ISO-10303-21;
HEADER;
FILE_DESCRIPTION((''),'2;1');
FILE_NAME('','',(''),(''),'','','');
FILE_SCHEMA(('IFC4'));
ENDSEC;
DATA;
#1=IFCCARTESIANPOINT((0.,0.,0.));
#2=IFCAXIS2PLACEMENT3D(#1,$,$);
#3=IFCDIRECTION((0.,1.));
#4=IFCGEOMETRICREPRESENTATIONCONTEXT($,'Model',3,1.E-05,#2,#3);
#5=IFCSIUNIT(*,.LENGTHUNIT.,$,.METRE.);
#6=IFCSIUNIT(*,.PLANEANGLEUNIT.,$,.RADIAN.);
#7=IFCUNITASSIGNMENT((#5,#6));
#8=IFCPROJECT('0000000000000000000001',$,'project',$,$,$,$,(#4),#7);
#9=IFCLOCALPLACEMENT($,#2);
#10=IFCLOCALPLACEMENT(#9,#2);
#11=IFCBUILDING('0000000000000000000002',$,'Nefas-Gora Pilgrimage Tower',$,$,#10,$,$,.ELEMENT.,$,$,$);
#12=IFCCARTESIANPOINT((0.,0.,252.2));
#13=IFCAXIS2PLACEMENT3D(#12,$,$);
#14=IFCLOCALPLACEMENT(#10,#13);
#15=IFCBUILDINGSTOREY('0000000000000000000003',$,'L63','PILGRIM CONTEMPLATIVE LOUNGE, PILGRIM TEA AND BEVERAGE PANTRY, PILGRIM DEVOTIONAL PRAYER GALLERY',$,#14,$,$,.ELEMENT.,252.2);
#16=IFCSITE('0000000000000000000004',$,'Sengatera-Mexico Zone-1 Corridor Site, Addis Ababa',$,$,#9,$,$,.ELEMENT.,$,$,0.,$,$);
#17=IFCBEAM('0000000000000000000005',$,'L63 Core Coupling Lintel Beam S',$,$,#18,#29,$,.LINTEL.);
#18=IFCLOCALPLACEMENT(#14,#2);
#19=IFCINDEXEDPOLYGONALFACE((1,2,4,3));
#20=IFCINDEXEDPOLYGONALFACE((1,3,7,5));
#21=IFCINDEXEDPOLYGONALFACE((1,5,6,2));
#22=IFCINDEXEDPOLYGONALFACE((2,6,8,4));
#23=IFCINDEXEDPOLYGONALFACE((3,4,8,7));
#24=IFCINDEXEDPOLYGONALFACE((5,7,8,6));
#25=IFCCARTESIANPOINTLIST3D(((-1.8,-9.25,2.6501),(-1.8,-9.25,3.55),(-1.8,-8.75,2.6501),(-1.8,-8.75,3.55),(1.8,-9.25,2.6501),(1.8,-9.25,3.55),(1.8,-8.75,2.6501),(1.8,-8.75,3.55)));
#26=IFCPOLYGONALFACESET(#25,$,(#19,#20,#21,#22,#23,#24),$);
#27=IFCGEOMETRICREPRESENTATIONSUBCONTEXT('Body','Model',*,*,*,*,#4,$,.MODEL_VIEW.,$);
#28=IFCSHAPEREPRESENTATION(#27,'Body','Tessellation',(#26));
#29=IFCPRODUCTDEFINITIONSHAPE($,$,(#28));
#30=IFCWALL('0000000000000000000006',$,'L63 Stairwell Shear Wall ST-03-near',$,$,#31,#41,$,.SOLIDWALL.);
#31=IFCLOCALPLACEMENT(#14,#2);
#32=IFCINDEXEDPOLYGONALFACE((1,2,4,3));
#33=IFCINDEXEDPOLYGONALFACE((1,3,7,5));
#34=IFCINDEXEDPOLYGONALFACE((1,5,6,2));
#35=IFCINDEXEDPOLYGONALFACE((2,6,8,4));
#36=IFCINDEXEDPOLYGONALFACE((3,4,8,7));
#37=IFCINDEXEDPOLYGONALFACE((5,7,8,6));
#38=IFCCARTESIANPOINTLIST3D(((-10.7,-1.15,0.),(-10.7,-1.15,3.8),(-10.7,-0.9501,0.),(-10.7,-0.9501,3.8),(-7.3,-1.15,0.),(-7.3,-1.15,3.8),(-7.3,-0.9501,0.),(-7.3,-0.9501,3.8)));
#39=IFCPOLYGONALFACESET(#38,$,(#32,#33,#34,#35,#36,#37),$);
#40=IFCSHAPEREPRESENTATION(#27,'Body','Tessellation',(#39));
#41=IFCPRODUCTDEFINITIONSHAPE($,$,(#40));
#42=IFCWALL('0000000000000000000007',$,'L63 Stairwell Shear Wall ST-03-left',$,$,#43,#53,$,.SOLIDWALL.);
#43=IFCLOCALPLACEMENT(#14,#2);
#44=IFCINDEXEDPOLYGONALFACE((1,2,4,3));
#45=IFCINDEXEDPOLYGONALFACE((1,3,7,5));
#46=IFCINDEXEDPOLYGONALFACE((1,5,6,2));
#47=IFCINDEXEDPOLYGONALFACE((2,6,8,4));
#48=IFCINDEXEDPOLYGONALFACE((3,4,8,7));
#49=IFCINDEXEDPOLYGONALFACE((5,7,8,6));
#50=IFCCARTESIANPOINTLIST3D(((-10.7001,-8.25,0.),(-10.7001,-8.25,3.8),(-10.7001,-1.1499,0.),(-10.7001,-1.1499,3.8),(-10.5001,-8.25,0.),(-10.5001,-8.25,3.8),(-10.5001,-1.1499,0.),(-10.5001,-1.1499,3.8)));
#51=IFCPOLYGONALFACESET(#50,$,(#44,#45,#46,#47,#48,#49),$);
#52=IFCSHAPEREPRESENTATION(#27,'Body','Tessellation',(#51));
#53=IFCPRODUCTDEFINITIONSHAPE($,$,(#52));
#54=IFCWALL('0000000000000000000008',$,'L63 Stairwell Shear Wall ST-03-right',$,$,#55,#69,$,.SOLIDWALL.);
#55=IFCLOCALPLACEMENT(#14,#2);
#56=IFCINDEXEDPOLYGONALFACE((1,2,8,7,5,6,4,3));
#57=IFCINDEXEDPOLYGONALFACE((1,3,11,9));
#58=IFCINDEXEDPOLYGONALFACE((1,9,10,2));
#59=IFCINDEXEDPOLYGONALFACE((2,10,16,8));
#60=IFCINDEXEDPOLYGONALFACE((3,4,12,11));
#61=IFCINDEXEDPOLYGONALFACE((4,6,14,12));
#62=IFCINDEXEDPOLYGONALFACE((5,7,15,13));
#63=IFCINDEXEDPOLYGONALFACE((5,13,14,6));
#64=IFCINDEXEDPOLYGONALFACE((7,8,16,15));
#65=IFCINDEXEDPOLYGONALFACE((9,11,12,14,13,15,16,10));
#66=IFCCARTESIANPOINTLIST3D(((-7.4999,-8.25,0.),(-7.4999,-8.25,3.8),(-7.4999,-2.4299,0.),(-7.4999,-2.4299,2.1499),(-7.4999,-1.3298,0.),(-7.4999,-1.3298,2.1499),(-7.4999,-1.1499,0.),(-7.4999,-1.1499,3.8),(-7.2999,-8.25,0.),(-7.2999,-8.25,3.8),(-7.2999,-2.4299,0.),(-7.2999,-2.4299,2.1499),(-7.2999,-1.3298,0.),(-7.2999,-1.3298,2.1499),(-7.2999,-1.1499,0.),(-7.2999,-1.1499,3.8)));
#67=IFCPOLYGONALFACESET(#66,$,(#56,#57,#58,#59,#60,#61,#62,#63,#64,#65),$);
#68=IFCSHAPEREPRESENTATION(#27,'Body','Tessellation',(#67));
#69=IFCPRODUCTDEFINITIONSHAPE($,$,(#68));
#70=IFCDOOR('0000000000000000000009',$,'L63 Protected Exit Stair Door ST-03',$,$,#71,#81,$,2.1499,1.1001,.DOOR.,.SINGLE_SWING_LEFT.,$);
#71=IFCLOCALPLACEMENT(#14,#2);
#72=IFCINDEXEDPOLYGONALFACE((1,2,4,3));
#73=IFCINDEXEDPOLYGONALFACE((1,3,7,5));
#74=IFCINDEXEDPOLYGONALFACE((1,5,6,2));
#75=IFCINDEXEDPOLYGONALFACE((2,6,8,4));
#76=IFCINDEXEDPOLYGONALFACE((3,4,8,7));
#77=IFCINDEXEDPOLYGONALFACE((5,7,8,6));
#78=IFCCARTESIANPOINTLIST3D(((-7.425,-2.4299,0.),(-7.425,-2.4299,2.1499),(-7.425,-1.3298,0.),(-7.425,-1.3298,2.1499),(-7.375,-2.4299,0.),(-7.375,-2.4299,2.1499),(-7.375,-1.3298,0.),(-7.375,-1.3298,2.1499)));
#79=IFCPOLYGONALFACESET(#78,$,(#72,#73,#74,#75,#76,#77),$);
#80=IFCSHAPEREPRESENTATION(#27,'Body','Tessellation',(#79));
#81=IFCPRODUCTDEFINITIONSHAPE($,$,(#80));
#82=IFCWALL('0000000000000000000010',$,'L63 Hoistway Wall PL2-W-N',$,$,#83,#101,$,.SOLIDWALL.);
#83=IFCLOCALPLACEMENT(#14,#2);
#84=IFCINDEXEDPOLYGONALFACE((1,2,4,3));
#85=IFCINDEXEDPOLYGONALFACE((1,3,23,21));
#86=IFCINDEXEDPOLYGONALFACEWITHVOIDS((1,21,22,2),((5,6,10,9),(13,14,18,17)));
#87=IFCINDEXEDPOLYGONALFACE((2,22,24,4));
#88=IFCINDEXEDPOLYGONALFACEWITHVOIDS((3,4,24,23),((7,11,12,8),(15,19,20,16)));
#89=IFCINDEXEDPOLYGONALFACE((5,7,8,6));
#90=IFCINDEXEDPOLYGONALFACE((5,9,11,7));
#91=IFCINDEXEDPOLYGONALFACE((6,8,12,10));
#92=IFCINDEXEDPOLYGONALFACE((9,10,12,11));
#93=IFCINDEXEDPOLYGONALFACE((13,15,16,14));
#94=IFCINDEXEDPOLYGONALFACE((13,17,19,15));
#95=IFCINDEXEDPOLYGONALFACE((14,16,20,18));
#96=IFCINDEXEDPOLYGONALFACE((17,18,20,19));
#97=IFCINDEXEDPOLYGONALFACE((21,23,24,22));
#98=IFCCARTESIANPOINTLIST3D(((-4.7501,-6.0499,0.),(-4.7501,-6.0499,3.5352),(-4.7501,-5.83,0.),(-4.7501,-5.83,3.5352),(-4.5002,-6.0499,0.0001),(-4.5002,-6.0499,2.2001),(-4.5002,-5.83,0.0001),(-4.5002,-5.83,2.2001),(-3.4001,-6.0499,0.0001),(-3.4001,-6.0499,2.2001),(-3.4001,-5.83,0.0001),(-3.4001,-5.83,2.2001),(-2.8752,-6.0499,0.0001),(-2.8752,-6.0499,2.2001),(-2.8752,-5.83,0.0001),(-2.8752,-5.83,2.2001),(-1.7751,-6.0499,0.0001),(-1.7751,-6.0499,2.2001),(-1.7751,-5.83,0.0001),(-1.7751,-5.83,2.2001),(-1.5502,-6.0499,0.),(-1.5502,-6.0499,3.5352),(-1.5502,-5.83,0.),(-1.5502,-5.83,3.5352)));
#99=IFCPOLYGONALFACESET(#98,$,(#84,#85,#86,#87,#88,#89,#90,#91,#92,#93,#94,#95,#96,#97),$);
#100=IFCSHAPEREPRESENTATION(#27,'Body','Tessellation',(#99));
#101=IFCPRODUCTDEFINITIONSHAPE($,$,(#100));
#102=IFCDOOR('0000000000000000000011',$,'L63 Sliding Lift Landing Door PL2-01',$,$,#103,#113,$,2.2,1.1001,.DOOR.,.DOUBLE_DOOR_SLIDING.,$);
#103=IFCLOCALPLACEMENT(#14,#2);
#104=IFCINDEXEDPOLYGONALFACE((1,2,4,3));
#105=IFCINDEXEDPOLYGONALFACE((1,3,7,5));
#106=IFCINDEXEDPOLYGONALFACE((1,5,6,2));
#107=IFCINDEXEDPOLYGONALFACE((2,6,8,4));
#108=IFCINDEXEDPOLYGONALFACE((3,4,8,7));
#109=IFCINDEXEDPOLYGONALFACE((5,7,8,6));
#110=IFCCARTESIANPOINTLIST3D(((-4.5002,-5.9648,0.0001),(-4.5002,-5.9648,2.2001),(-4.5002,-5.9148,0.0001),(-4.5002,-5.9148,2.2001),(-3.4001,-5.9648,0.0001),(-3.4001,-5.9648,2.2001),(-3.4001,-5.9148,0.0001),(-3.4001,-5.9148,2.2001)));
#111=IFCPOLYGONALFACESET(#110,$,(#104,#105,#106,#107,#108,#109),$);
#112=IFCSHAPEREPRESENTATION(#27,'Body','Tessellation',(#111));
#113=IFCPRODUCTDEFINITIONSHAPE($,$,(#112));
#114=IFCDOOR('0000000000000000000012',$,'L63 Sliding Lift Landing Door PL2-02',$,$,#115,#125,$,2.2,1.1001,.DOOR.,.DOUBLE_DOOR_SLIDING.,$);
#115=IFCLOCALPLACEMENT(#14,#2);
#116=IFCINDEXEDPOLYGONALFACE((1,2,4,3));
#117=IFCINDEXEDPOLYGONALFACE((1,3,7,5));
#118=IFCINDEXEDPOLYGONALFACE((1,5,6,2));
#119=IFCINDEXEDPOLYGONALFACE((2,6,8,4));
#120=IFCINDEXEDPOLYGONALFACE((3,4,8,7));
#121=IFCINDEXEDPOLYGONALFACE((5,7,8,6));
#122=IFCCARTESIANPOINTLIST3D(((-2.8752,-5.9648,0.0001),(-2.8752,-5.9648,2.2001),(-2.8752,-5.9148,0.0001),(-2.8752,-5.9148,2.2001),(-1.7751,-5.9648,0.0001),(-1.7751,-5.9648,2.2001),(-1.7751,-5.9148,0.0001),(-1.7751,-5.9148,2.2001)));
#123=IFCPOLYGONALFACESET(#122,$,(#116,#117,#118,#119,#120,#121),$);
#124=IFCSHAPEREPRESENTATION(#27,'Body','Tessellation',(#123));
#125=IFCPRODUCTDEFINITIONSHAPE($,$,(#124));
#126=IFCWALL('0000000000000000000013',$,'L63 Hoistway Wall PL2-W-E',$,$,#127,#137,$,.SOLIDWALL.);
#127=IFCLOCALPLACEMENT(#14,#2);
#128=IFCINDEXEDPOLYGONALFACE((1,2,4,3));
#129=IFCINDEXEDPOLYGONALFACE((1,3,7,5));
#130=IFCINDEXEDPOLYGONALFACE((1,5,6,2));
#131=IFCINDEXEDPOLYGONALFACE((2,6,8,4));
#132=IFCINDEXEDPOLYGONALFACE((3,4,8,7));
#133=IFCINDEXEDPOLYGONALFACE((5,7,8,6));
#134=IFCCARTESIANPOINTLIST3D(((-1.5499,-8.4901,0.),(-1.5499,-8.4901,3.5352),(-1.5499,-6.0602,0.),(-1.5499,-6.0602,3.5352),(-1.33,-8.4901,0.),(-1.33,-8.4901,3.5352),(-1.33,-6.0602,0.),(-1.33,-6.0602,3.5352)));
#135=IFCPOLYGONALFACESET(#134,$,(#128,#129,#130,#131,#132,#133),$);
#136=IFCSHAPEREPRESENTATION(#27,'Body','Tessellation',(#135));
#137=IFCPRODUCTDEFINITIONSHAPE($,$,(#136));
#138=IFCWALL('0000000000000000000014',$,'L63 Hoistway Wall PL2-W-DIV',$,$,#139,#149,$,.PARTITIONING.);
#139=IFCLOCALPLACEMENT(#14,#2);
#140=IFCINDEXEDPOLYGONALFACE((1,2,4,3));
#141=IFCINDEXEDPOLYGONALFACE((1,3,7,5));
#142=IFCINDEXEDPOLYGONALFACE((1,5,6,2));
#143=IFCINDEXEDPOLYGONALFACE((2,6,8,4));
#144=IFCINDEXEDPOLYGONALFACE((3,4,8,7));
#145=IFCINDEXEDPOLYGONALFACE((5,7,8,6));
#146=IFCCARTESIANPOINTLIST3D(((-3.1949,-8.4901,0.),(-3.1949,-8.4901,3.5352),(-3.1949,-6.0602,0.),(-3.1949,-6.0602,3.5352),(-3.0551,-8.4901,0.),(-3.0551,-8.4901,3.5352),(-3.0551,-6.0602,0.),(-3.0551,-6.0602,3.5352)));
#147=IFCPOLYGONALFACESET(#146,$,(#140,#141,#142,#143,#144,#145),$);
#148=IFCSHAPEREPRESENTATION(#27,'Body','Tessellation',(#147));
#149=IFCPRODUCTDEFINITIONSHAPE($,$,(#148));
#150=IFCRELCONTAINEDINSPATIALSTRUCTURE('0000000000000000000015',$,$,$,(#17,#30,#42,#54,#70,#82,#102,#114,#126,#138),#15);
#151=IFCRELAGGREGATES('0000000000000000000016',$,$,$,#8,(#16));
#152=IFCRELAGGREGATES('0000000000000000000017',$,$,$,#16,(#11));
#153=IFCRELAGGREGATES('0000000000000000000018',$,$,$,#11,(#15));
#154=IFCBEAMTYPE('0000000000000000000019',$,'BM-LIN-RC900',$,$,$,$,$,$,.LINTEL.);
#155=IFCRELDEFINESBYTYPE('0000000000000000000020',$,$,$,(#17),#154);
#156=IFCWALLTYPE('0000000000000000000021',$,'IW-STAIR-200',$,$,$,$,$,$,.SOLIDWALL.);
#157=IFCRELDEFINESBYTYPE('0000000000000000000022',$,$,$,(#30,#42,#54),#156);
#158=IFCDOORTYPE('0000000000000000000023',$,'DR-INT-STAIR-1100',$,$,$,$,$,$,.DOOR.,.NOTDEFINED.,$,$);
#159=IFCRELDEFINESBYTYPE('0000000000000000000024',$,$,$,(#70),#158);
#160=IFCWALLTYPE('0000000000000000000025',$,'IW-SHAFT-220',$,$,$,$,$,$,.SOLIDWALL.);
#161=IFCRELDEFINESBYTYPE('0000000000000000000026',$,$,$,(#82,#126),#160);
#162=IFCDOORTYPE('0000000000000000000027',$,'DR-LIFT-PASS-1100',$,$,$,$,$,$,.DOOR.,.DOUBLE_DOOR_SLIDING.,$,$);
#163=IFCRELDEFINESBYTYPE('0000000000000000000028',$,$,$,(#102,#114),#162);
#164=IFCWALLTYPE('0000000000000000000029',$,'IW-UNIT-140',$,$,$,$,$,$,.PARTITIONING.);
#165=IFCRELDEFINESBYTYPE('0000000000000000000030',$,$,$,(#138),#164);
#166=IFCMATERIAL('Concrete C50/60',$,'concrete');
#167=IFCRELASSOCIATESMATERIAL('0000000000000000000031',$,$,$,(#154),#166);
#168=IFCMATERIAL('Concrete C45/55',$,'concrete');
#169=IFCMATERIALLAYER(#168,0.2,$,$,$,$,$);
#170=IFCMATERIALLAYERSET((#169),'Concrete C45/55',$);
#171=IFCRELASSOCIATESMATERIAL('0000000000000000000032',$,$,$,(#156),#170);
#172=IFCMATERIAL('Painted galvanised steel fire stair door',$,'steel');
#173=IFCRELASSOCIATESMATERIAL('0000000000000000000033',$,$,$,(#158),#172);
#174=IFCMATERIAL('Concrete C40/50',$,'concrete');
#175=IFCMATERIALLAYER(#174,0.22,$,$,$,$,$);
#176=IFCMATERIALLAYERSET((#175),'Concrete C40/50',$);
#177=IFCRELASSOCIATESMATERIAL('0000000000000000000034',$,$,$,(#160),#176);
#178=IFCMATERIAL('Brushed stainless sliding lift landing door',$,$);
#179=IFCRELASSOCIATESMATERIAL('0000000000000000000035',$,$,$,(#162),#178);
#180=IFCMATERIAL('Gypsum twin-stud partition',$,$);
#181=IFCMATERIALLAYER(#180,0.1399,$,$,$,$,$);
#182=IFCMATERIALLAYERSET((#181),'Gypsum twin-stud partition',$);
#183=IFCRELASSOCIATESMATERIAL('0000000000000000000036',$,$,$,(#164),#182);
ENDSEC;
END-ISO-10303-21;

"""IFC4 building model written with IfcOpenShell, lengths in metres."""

from ifc_helpers import new_model, si_unit, direction, frame, frame_2d, origin, origin_2d, place, context, subcontext, project, spatial, rectangle, extrude, source, transform, mapped, material, layer, layer_set, material_profile, profile_set, type_object, element, fill, save


model = new_model("IFC4")

# Units and contexts
model_context = context("Model", 3, precision=1e-05, world=origin(), true_north=direction((0.0, 1.0)))
body_context = subcontext(model_context, "Body", "Model", "MODEL_VIEW")
ifc_project = project(units=[si_unit("LENGTHUNIT", "METRE"), si_unit("PLANEANGLEUNIT", "RADIAN")], contexts=[model_context])

# Site, building, storey
site_placement = place(None, origin())
site = spatial("IfcSite", under=ifc_project, at=site_placement, Name="Sengatera-Mexico Zone-1 Corridor Site, Addis Ababa", CompositionType="ELEMENT", RefElevation=0.0)
building_placement = place(site_placement, origin())
building = spatial("IfcBuilding", under=site, at=building_placement, Name="Nefas-Gora Pilgrimage Tower", CompositionType="ELEMENT")
storey_placement = place(building_placement, frame((0.0, 0.0, 252.2)))
storey = spatial("IfcBuildingStorey", under=building, at=storey_placement, Name="L63", Description="PILGRIM CONTEMPLATIVE LOUNGE, PILGRIM TEA AND BEVERAGE PANTRY, PILGRIM DEVOTIONAL PRAYER GALLERY", CompositionType="ELEMENT", Elevation=252.2)

# Beam
ifc_material_1 = material(Name="Concrete C50/60", Category="concrete")
ifc_material_profile = material_profile(ifc_material_1, rectangle(XDim=0.5, YDim=0.8999, at=origin_2d()), Name="RC 500x900")
ifc_profile_set = profile_set([ifc_material_profile], Name="Concrete C50/60")
beam_type = type_object("IfcBeamType", Name="BM-LIN-RC900", PredefinedType="LINTEL", material=ifc_profile_set)
shared_shape_1 = source(origin(), body_context, "Body", "SweptSolid", [
    extrude(rectangle(XDim=0.5, YDim=0.8999, at=origin_2d()), origin(), (0.0, 0.0, 1.0), 3.6001),
])
beam_placement = place(storey_placement, frame((-1.8, -9.0, 3.1001), z_axis=(1.0, 0.0, 0.0), x_axis=(0.0, 1.0, 0.0)))
element("IfcBeam", 1, at=beam_placement, inside=storey, type_object=beam_type, Name="L63 Core Coupling Lintel Beam S", PredefinedType="LINTEL", context=body_context, shape_type="MappedRepresentation", body=[
    mapped(shared_shape_1, transform((0.0, 0.0, 0.0), x_axis=(1.0, 0.0, 0.0), y_axis=(0.0, 1.0, 0.0), z_axis=(0.0, 0.0, 1.0), scale=1.0)),
])

# Walls
ifc_material_2 = material(Name="Concrete C45/55", Category="concrete")
ifc_layer_1 = layer(ifc_material_2, 0.2)
ifc_layer_set_1 = layer_set([ifc_layer_1], Name="Concrete C45/55")
wall_type_1 = type_object("IfcWallType", Name="IW-STAIR-200", PredefinedType="SOLIDWALL", material=ifc_layer_set_1)
shared_shape_2 = source(origin(), body_context, "Body", "SweptSolid", [
    extrude(rectangle(XDim=3.3999, YDim=0.2, at=frame_2d((1.7, 0.0))), origin(), (0.0, 0.0, 1.0), 3.8),
])
wall_1_placement = place(storey_placement, frame((-10.7, -1.05, 0.0), z_axis=(0.0, 0.0, 1.0), x_axis=(1.0, 0.0, 0.0)))
element("IfcWall", 2, at=wall_1_placement, inside=storey, type_object=wall_type_1, Name="L63 Stairwell Shear Wall ST-03-near", PredefinedType="SOLIDWALL", context=body_context, shape_type="MappedRepresentation", body=[
    mapped(shared_shape_2, transform((0.0, 0.0, 0.0), x_axis=(1.0, 0.0, 0.0), y_axis=(0.0, 1.0, 0.0), z_axis=(0.0, 0.0, 1.0), scale=1.0)),
])
shared_shape_3 = source(origin(), body_context, "Body", "SweptSolid", [
    extrude(rectangle(XDim=7.1001, YDim=0.2, at=frame_2d((3.55, 0.0))), origin(), (0.0, 0.0, 1.0), 3.8),
])
wall_2_placement = place(storey_placement, frame((-10.6001, -1.1499, 0.0), z_axis=(0.0, 0.0, 1.0), x_axis=(0.0, -1.0, 0.0)))
element("IfcWall", 3, at=wall_2_placement, inside=storey, type_object=wall_type_1, Name="L63 Stairwell Shear Wall ST-03-left", PredefinedType="SOLIDWALL", context=body_context, shape_type="MappedRepresentation", body=[
    mapped(shared_shape_3, transform((0.0, 0.0, 0.0), x_axis=(1.0, 0.0, 0.0), y_axis=(0.0, 1.0, 0.0), z_axis=(0.0, 0.0, 1.0), scale=1.0)),
])

# Wall, opening, door
wall_3_placement = place(storey_placement, frame((-7.3999, -1.1499, 0.0), z_axis=(0.0, 0.0, 1.0), x_axis=(0.0, -1.0, 0.0)))
wall_3 = element("IfcWall", 4, at=wall_3_placement, inside=storey, type_object=wall_type_1, Name="L63 Stairwell Shear Wall ST-03-right", PredefinedType="SOLIDWALL", context=body_context, shape_type="MappedRepresentation", body=[
    mapped(shared_shape_3, transform((0.0, 0.0, 0.0), x_axis=(1.0, 0.0, 0.0), y_axis=(0.0, 1.0, 0.0), z_axis=(0.0, 0.0, 1.0), scale=1.0)),
])
opening_1_placement = place(wall_3_placement, frame((0.1799, 0.0, 0.0)))
opening_1 = element("IfcOpeningElement", 5, at=opening_1_placement, cuts=wall_3, PredefinedType="OPENING", context=body_context, shape_type="SweptSolid", body=[
    extrude(rectangle(XDim=1.1001, YDim=2.1499, at=frame_2d((0.55, 1.075))), frame((0.0, 0.1099, 0.0), z_axis=(0.0, -1.0, 0.0), x_axis=(1.0, 0.0, 0.0)), (0.0, 0.0, 1.0), 0.22),
])
ifc_material_3 = material(Name="Painted galvanised steel fire stair door", Category="steel")
door_type_1 = type_object("IfcDoorType", Name="DR-INT-STAIR-1100", OperationType="NOTDEFINED", PredefinedType="DOOR", material=ifc_material_3)
shared_shape_4 = source(origin(), body_context, "Body", "SweptSolid", [
    extrude(rectangle(XDim=1.1001, YDim=2.1499, at=frame_2d((0.55, 1.075))), frame((0.0, 0.0249, 0.0), z_axis=(0.0, -1.0, 0.0), x_axis=(1.0, 0.0, 0.0)), (0.0, 0.0, 1.0), 0.05),
])
door_1_placement = place(opening_1_placement, origin())
door_1 = element("IfcDoor", 6, at=door_1_placement, inside=storey, type_object=door_type_1, Name="L63 Protected Exit Stair Door ST-03", OperationType="SINGLE_SWING_LEFT", OverallHeight=2.1499, OverallWidth=1.1001, PredefinedType="DOOR", context=body_context, shape_type="MappedRepresentation", body=[
    mapped(shared_shape_4, transform((0.0, 0.0, 0.0), x_axis=(1.0, 0.0, 0.0), y_axis=(0.0, 1.0, 0.0), z_axis=(0.0, 0.0, 1.0), scale=1.0)),
])
fill(opening_1, door_1)

# Wall, openings, doors
ifc_material_4 = material(Name="Concrete C40/50", Category="concrete")
ifc_layer_2 = layer(ifc_material_4, 0.22)
ifc_layer_set_2 = layer_set([ifc_layer_2], Name="Concrete C40/50")
wall_type_2 = type_object("IfcWallType", Name="IW-SHAFT-220", PredefinedType="SOLIDWALL", material=ifc_layer_set_2)
shared_shape_5 = source(origin(), body_context, "Body", "SweptSolid", [
    extrude(rectangle(XDim=3.2, YDim=0.22, at=frame_2d((1.6001, 0.0))), origin(), (0.0, 0.0, 1.0), 3.5352),
])
wall_4_placement = place(storey_placement, frame((-1.55, -5.9399, 0.0), z_axis=(0.0, 0.0, 1.0), x_axis=(-1.0, 0.0, 0.0)))
wall_4 = element("IfcWall", 7, at=wall_4_placement, inside=storey, type_object=wall_type_2, Name="L63 Hoistway Wall PL2-W-N", PredefinedType="SOLIDWALL", context=body_context, shape_type="MappedRepresentation", body=[
    mapped(shared_shape_5, transform((0.0, 0.0, 0.0), x_axis=(1.0, 0.0, 0.0), y_axis=(0.0, 1.0, 0.0), z_axis=(0.0, 0.0, 1.0), scale=1.0)),
])
opening_2_placement = place(wall_4_placement, frame((1.8501, 0.0, 0.0)))
opening_2 = element("IfcOpeningElement", 8, at=opening_2_placement, cuts=wall_4, PredefinedType="OPENING", context=body_context, shape_type="SweptSolid", body=[
    extrude(rectangle(XDim=1.1001, YDim=2.2, at=frame_2d((0.55, 1.1001))), frame((0.0, 0.1199, 0.0), z_axis=(0.0, -1.0, 0.0), x_axis=(1.0, 0.0, 0.0)), (0.0, 0.0, 1.0), 0.24),
])
opening_3_placement = place(wall_4_placement, frame((0.2251, 0.0, 0.0)))
opening_3 = element("IfcOpeningElement", 9, at=opening_3_placement, cuts=wall_4, PredefinedType="OPENING", context=body_context, shape_type="SweptSolid", body=[
    extrude(rectangle(XDim=1.1001, YDim=2.2, at=frame_2d((0.55, 1.1001))), frame((0.0, 0.1199, 0.0), z_axis=(0.0, -1.0, 0.0), x_axis=(1.0, 0.0, 0.0)), (0.0, 0.0, 1.0), 0.24),
])
ifc_material_5 = material(Name="Brushed stainless sliding lift landing door")
door_type_2 = type_object("IfcDoorType", Name="DR-LIFT-PASS-1100", OperationType="DOUBLE_DOOR_SLIDING", PredefinedType="DOOR", material=ifc_material_5)
shared_shape_6 = source(origin(), body_context, "Body", "SweptSolid", [
    extrude(rectangle(XDim=1.1001, YDim=2.2, at=frame_2d((0.55, 1.1001))), frame((0.0, 0.0249, 0.0), z_axis=(0.0, -1.0, 0.0), x_axis=(1.0, 0.0, 0.0)), (0.0, 0.0, 1.0), 0.05),
])
door_2_placement = place(opening_2_placement, origin())
door_2 = element("IfcDoor", 10, at=door_2_placement, inside=storey, type_object=door_type_2, Name="L63 Sliding Lift Landing Door PL2-01", OperationType="DOUBLE_DOOR_SLIDING", OverallHeight=2.2, OverallWidth=1.1001, PredefinedType="DOOR", context=body_context, shape_type="MappedRepresentation", body=[
    mapped(shared_shape_6, transform((0.0, 0.0, 0.0), x_axis=(1.0, 0.0, 0.0), y_axis=(0.0, 1.0, 0.0), z_axis=(0.0, 0.0, 1.0), scale=1.0)),
])
fill(opening_2, door_2)
door_3_placement = place(opening_3_placement, origin())
door_3 = element("IfcDoor", 11, at=door_3_placement, inside=storey, type_object=door_type_2, Name="L63 Sliding Lift Landing Door PL2-02", OperationType="DOUBLE_DOOR_SLIDING", OverallHeight=2.2, OverallWidth=1.1001, PredefinedType="DOOR", context=body_context, shape_type="MappedRepresentation", body=[
    mapped(shared_shape_6, transform((0.0, 0.0, 0.0), x_axis=(1.0, 0.0, 0.0), y_axis=(0.0, 1.0, 0.0), z_axis=(0.0, 0.0, 1.0), scale=1.0)),
])
fill(opening_3, door_3)

# Walls
shared_shape_7 = source(origin(), body_context, "Body", "SweptSolid", [
    extrude(rectangle(XDim=2.4299, YDim=0.22, at=frame_2d((1.2148, 0.0))), origin(), (0.0, 0.0, 1.0), 3.5352),
])
for number, where, z_axis, x_axis, name in (
    (12, (-1.4399, -8.49, 0.0), (0.0, 0.0, 1.0), (0.0, 1.0, 0.0), "L63 Hoistway Wall PL2-W-E"),
):
    element("IfcWall", number, at=place(storey_placement, frame(where, z_axis=z_axis, x_axis=x_axis)), inside=storey, type_object=wall_type_2, Name=name, PredefinedType="SOLIDWALL", context=body_context, shape_type="MappedRepresentation", body=[
        mapped(shared_shape_7, transform((0.0, 0.0, 0.0), x_axis=(1.0, 0.0, 0.0), y_axis=(0.0, 1.0, 0.0), z_axis=(0.0, 0.0, 1.0), scale=1.0)),
    ])
ifc_material_6 = material(Name="Gypsum twin-stud partition")
ifc_layer_3 = layer(ifc_material_6, 0.1399)
ifc_layer_set_3 = layer_set([ifc_layer_3], Name="Gypsum twin-stud partition")
wall_type_3 = type_object("IfcWallType", Name="IW-UNIT-140", PredefinedType="PARTITIONING", material=ifc_layer_set_3)
shared_shape_8 = source(origin(), body_context, "Body", "SweptSolid", [
    extrude(rectangle(XDim=2.4299, YDim=0.1399, at=frame_2d((1.2148, 0.0))), origin(), (0.0, 0.0, 1.0), 3.5352),
])
wall_5_placement = place(storey_placement, frame((-3.125, -8.49, 0.0), z_axis=(0.0, 0.0, 1.0), x_axis=(0.0, 1.0, 0.0)))
element("IfcWall", 13, at=wall_5_placement, inside=storey, type_object=wall_type_3, Name="L63 Hoistway Wall PL2-W-DIV", PredefinedType="PARTITIONING", context=body_context, shape_type="MappedRepresentation", body=[
    mapped(shared_shape_8, transform((0.0, 0.0, 0.0), x_axis=(1.0, 0.0, 0.0), y_axis=(0.0, 1.0, 0.0), z_axis=(0.0, 0.0, 1.0), scale=1.0)),
])

save(model, "model.ifc")
